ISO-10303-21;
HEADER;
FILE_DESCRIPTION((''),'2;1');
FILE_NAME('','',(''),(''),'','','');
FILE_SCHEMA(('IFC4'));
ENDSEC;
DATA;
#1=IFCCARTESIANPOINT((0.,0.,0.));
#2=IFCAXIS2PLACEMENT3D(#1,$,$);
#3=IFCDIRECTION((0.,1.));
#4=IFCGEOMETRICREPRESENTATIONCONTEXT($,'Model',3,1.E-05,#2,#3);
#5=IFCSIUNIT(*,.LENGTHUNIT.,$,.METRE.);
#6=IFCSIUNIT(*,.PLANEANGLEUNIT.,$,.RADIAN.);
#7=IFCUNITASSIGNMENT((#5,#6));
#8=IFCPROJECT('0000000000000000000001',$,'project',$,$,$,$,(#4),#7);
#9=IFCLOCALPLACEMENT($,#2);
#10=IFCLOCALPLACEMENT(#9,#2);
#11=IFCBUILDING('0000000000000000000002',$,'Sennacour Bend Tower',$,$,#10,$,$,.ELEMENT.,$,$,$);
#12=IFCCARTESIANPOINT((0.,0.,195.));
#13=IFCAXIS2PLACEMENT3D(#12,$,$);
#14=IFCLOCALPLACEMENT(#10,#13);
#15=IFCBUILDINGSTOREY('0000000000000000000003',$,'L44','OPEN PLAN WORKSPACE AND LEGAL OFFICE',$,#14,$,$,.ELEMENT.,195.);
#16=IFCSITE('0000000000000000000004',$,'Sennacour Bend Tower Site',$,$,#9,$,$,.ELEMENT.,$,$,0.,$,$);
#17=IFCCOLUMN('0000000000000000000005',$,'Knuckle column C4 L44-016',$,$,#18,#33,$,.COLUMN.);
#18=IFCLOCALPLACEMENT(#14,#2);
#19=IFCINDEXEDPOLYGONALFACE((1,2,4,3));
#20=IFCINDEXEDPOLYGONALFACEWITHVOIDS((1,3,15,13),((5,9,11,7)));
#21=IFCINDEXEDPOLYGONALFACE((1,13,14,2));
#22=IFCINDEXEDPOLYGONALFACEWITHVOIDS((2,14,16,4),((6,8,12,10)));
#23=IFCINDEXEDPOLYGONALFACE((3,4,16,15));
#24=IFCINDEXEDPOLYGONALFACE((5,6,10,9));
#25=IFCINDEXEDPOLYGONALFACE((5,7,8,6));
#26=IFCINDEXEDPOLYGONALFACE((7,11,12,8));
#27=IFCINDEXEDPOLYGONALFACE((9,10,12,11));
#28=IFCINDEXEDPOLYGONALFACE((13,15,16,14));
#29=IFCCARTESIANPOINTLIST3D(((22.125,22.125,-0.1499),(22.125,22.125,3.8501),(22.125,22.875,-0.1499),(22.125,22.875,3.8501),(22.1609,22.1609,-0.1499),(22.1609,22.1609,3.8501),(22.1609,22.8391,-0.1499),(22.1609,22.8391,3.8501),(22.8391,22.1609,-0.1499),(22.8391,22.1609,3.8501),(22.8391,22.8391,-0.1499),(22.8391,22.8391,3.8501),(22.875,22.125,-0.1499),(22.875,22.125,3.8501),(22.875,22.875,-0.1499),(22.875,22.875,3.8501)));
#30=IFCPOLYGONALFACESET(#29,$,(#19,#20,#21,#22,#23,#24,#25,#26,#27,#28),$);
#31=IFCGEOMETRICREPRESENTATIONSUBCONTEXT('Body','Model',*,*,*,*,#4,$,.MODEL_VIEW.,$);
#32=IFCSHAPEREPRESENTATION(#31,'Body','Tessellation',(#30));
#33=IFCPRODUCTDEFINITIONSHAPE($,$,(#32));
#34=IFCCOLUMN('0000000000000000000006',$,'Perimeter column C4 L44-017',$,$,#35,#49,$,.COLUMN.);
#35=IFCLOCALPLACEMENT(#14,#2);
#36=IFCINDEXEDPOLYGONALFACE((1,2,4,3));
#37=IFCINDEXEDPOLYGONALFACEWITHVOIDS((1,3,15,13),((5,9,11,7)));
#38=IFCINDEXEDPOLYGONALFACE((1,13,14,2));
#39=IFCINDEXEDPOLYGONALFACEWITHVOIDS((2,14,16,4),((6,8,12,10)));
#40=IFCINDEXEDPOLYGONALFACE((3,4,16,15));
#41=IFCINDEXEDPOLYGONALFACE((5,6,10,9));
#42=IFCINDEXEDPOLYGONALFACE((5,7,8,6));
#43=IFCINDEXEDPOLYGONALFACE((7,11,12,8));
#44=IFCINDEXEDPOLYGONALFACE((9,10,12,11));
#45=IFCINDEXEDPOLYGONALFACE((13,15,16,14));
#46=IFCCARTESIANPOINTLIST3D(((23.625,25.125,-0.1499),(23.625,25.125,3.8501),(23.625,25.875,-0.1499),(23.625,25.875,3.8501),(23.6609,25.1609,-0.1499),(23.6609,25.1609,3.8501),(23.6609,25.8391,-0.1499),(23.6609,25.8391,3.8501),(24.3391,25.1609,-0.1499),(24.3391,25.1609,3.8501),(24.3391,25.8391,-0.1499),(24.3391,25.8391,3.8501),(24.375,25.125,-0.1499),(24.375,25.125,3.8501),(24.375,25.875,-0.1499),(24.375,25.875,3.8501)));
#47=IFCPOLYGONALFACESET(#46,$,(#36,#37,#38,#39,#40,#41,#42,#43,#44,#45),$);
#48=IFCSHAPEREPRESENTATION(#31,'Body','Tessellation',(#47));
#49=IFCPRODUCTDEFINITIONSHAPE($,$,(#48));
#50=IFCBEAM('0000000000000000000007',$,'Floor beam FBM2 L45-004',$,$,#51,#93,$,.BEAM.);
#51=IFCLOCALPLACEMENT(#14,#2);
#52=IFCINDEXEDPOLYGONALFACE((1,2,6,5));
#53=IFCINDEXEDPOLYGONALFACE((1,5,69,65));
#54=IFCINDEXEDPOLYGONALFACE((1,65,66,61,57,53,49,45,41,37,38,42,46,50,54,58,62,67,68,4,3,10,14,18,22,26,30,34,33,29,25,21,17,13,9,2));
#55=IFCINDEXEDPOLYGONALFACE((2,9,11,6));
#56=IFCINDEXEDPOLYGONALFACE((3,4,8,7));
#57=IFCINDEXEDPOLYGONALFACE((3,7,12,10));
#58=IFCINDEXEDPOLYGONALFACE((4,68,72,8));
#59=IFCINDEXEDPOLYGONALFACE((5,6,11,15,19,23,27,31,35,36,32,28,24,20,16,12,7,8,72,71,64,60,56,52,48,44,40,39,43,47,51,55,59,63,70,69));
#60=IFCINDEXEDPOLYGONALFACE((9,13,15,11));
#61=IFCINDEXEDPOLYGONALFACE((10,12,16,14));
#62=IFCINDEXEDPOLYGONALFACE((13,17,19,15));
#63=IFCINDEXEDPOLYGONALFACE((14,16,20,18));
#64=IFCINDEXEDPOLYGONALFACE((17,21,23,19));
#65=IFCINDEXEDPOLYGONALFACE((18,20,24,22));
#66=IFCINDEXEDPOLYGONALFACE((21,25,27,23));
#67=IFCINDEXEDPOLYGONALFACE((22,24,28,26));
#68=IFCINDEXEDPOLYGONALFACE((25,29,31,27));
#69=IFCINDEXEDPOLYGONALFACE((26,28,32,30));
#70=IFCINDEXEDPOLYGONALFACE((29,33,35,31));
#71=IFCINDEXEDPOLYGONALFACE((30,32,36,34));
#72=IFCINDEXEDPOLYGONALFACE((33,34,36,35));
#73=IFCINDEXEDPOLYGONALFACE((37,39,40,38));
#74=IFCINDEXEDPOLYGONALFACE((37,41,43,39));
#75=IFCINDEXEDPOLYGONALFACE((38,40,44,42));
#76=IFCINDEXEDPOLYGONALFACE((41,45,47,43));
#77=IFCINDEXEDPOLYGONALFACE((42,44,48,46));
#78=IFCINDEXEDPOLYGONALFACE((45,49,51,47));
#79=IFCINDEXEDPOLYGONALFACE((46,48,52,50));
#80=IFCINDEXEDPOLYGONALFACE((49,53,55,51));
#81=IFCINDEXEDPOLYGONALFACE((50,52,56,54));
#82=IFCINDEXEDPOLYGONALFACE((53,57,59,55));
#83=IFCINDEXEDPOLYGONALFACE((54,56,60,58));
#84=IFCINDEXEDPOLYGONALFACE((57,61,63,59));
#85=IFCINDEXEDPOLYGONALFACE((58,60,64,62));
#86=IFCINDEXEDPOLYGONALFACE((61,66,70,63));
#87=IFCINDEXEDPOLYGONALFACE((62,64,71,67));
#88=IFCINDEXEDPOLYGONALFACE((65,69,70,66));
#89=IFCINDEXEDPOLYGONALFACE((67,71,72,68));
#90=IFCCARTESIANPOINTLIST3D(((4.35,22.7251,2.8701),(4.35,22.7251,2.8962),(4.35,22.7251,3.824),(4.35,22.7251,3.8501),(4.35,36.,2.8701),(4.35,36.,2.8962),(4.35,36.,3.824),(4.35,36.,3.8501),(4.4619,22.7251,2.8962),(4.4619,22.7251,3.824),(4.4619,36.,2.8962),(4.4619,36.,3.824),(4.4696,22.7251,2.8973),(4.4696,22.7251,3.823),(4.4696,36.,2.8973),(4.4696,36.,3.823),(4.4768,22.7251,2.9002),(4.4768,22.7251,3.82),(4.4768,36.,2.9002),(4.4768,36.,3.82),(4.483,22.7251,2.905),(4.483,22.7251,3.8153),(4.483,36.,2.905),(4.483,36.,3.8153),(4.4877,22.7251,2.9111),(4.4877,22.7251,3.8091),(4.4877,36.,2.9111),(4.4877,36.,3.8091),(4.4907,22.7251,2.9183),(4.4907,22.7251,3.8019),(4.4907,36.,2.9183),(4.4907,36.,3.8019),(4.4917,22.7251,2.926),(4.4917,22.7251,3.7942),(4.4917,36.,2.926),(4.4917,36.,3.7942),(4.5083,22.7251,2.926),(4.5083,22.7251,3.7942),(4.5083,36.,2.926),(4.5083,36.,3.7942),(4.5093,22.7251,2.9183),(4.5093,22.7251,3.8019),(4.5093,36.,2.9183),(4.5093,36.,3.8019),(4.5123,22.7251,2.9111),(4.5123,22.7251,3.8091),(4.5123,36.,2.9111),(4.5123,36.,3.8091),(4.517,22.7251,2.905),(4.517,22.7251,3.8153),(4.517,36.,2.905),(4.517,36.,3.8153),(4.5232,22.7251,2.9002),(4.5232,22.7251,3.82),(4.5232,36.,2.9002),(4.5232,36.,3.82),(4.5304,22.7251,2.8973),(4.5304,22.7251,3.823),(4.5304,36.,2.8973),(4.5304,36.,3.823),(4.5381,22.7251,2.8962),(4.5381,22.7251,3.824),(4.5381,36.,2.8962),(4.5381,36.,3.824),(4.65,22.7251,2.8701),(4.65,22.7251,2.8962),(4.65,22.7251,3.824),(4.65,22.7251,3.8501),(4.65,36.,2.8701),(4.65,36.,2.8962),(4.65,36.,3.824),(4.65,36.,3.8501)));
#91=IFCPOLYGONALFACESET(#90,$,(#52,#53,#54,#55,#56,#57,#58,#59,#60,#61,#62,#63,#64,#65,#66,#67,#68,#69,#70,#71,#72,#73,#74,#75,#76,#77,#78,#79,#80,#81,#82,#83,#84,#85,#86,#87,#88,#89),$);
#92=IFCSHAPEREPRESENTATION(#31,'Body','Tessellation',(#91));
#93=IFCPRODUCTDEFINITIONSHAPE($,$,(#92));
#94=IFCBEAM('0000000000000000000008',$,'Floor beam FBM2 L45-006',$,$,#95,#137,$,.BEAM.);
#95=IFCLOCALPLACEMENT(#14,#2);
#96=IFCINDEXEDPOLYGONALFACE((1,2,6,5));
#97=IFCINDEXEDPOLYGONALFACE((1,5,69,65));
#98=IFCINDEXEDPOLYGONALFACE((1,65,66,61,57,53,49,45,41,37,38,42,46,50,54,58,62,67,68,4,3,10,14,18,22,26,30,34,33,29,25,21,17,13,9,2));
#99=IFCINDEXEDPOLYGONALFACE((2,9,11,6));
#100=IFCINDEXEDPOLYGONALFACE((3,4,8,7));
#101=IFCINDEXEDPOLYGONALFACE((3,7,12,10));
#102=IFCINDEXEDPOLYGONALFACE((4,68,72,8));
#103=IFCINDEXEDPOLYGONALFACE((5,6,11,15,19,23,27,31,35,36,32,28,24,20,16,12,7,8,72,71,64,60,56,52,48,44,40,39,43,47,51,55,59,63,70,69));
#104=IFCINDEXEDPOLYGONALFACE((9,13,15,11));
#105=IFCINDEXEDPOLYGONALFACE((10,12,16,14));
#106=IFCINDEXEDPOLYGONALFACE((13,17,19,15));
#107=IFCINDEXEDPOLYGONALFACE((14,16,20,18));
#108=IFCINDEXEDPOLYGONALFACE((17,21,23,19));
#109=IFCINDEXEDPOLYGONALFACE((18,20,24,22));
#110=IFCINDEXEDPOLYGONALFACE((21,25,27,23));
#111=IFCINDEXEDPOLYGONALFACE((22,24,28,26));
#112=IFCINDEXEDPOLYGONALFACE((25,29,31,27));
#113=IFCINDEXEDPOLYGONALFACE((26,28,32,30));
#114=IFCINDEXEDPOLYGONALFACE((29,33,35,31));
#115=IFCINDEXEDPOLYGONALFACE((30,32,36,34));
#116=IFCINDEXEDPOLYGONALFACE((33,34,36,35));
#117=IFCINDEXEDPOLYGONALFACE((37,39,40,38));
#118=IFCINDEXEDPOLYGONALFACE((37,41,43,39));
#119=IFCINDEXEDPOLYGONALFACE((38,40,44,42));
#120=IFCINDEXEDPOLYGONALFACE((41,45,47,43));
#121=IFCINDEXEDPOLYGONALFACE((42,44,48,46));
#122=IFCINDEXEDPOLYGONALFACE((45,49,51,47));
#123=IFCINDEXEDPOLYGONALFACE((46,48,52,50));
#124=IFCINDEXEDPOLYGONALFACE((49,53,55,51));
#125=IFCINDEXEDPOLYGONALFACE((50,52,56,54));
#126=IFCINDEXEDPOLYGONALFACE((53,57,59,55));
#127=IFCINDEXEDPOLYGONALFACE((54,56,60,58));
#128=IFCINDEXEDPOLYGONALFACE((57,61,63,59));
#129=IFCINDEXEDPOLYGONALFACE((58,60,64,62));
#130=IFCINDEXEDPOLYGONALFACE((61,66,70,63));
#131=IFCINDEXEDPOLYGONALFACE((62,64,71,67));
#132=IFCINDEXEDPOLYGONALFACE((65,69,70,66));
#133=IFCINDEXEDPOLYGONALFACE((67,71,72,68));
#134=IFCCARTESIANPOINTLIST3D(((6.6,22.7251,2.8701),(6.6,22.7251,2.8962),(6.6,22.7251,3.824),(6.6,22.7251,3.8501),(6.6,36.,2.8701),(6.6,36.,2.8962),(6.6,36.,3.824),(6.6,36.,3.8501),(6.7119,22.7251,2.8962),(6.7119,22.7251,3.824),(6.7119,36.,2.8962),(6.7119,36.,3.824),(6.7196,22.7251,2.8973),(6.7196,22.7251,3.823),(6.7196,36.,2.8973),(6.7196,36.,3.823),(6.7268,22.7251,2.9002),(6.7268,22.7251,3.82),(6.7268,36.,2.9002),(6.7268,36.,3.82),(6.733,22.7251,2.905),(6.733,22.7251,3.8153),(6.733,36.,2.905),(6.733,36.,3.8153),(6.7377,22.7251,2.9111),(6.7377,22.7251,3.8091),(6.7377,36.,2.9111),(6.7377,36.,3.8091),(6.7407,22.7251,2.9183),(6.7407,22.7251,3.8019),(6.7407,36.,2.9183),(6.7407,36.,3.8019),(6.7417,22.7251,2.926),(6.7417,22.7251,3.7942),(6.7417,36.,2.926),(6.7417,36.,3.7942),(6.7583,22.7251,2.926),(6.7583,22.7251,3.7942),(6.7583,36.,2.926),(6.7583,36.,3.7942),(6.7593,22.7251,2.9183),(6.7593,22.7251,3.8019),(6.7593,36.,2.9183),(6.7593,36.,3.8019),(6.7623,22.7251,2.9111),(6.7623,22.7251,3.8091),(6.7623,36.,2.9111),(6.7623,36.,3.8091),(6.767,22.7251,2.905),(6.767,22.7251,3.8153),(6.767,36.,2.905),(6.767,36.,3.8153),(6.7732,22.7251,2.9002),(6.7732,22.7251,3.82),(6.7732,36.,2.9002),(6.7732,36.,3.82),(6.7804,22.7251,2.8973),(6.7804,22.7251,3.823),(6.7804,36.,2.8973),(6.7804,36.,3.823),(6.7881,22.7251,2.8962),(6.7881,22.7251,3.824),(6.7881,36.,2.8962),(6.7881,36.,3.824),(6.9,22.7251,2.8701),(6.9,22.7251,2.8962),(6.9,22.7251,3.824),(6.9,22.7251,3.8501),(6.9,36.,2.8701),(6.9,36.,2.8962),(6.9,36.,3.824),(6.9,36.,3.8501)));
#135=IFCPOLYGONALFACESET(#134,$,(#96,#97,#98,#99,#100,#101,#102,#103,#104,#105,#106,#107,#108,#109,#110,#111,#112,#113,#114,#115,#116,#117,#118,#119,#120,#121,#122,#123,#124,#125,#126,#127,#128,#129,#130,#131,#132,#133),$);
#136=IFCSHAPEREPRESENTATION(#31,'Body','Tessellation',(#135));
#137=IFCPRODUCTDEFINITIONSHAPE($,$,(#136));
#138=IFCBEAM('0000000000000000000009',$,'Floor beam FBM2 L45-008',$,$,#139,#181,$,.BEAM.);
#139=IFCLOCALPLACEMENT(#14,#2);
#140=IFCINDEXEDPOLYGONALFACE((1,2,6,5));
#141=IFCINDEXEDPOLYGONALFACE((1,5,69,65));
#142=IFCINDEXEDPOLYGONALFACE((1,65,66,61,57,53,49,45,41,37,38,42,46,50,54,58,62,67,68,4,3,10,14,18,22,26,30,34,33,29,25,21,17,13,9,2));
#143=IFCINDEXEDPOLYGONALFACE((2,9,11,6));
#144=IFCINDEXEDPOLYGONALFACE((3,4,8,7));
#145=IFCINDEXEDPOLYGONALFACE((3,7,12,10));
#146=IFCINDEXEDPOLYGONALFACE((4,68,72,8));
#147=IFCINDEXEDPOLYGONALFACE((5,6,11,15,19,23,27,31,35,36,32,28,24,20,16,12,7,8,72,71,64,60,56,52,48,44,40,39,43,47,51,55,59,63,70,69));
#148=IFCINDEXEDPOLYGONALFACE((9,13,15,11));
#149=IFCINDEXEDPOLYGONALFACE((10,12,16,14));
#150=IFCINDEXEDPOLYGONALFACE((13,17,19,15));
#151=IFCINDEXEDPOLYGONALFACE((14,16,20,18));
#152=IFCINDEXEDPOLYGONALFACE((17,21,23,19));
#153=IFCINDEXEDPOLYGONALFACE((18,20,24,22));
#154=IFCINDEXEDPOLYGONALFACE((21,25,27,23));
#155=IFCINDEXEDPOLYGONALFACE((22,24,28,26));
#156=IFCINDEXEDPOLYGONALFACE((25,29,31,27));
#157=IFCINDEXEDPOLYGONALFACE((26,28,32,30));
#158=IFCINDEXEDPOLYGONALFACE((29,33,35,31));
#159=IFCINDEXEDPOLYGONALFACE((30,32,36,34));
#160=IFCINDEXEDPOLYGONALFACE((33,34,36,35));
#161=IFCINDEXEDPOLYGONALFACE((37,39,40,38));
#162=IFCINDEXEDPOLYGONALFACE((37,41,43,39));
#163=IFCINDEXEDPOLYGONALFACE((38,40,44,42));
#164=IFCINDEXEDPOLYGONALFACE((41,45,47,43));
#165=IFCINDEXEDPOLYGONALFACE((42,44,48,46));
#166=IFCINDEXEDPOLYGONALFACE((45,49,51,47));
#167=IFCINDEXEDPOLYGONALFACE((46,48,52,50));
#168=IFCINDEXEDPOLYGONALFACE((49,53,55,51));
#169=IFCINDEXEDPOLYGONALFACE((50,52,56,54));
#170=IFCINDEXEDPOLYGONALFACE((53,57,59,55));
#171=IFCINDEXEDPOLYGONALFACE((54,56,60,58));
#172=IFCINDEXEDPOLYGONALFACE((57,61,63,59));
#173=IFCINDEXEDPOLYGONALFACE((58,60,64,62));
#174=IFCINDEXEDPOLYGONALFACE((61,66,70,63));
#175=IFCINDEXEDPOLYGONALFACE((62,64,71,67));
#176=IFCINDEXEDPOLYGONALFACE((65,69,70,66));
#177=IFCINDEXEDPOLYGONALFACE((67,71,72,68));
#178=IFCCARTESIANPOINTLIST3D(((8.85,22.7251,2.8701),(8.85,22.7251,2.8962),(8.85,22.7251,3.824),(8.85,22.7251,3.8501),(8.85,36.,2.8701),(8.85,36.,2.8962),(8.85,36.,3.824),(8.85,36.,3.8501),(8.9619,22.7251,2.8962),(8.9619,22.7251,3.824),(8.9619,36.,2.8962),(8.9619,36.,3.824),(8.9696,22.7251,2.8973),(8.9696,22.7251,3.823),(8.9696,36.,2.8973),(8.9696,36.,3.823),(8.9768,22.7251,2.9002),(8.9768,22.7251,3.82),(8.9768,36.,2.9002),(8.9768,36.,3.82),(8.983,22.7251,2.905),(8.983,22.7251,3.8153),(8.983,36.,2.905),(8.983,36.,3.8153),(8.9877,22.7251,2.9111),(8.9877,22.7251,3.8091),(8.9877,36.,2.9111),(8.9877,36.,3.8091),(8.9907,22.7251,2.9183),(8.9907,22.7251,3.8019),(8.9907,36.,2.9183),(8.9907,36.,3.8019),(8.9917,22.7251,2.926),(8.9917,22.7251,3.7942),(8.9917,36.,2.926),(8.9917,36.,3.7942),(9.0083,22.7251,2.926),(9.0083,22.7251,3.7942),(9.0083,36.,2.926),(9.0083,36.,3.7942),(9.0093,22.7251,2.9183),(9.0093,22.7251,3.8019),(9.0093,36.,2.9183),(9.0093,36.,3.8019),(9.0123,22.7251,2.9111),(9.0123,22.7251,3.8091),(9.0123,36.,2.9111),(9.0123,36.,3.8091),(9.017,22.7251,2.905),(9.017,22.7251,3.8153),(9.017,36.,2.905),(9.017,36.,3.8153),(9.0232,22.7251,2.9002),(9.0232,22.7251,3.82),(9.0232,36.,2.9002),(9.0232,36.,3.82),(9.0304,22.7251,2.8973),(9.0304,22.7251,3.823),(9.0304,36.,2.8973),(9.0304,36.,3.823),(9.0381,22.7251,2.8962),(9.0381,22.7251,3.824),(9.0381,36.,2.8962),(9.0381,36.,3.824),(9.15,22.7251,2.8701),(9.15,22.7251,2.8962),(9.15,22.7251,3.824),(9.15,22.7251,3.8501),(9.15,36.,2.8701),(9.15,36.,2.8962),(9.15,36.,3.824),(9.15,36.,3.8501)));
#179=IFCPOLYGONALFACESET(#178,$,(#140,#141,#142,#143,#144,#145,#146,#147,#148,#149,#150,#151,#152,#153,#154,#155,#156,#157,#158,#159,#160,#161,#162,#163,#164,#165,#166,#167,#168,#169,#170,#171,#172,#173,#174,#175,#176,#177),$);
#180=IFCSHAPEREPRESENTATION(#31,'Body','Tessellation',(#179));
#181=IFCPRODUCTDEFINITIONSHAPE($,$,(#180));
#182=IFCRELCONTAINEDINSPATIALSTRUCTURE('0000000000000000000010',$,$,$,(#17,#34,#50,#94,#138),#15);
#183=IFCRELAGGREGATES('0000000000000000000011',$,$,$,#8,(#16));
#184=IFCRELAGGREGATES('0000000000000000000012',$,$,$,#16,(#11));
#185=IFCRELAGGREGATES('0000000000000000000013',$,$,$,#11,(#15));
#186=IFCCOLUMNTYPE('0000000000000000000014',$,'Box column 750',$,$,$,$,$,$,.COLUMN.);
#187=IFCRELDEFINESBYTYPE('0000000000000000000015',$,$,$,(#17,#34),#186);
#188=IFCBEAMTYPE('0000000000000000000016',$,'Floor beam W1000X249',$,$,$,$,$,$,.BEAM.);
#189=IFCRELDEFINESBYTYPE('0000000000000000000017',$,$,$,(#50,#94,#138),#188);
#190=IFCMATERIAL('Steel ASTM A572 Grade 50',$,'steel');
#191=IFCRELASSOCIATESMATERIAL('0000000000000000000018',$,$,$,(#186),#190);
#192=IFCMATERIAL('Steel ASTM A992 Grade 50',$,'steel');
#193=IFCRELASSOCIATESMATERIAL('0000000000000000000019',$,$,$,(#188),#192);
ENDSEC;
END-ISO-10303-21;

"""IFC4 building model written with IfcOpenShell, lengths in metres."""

from ifc_helpers import new_model, si_unit, direction, frame, origin, origin_2d, place, context, subcontext, project, spatial, hollow_rectangle, i_section, extrude, material, material_profile, profile_set, type_object, element, save


model = new_model("IFC4")

# Units and contexts
model_context = context("Model", 3, precision=1e-05, world=origin(), true_north=direction((0.0, 1.0)))
body_context = subcontext(model_context, "Body", "Model", "MODEL_VIEW")
ifc_project = project(units=[si_unit("LENGTHUNIT", "METRE"), si_unit("PLANEANGLEUNIT", "RADIAN")], contexts=[model_context])

# Site, building, storey
site_placement = place(None, origin())
site = spatial("IfcSite", under=ifc_project, at=site_placement, Name="Sennacour Bend Tower Site", CompositionType="ELEMENT", RefElevation=0.0)
building_placement = place(site_placement, origin())
building = spatial("IfcBuilding", under=site, at=building_placement, Name="Sennacour Bend Tower", CompositionType="ELEMENT")
storey_placement = place(building_placement, frame((0.0, 0.0, 195.0)))
storey = spatial("IfcBuildingStorey", under=building, at=storey_placement, Name="L44", Description="OPEN PLAN WORKSPACE AND LEGAL OFFICE", CompositionType="ELEMENT", Elevation=195.0)

# Columns
ifc_material_1 = material(Name="Steel ASTM A572 Grade 50", Category="steel")
ifc_material_profile_1 = material_profile(ifc_material_1, hollow_rectangle(XDim=0.75, YDim=0.75, WallThickness=0.0359, at=origin_2d()), Name="Steel ASTM A572 Grade 50", Category="steel")
ifc_profile_set_1 = profile_set([ifc_material_profile_1], Name="Steel ASTM A572 Grade 50")
column_type = type_object("IfcColumnType", Name="Box column 750", PredefinedType="COLUMN", material=ifc_profile_set_1)
for number, where, z_axis, x_axis, name in (
    (1, (22.5, 22.5, -0.1499), (0.0, 0.0, 1.0), (1.0, 0.0, 0.0), "Knuckle column C4 L44-016"),
    (2, (24.0, 25.5, -0.1499), (0.0, 0.0, 1.0), (1.0, 0.0, 0.0), "Perimeter column C4 L44-017"),
):
    element("IfcColumn", number, at=place(storey_placement, frame(where, z_axis=z_axis, x_axis=x_axis)), inside=storey, type_object=column_type, Name=name, PredefinedType="COLUMN", context=body_context, shape_type="SweptSolid", body=[
        extrude(hollow_rectangle(XDim=0.75, YDim=0.75, WallThickness=0.0359, at=origin_2d()), origin(), (0.0, 0.0, 1.0), 4.0),
    ])

# Beams
ifc_material_2 = material(Name="Steel ASTM A992 Grade 50", Category="steel")
ifc_material_profile_2 = material_profile(ifc_material_2, i_section(OverallWidth=0.3, OverallDepth=0.98, WebThickness=0.0166, FlangeThickness=0.0261, FilletRadius=0.0298, at=origin_2d()), Name="Steel ASTM A992 Grade 50", Category="steel")
ifc_profile_set_2 = profile_set([ifc_material_profile_2], Name="Steel ASTM A992 Grade 50")
beam_type_1 = type_object("IfcBeamType", Name="Floor beam W1000X249", PredefinedType="BEAM", material=ifc_profile_set_2)
for number, where, z_axis, x_axis, name in (
    (3, (4.5, 22.7251, 3.3601), (0.0, 1.0, 0.0), (-1.0, 0.0, 0.0), "Floor beam FBM2 L45-004"),
    (4, (6.75, 22.7251, 3.3601), (0.0, 1.0, 0.0), (-1.0, 0.0, 0.0), "Floor beam FBM2 L45-006"),
    (5, (9.0, 22.7251, 3.3601), (0.0, 1.0, 0.0), (-1.0, 0.0, 0.0), "Floor beam FBM2 L45-008"),
):
    element("IfcBeam", number, at=place(storey_placement, frame(where, z_axis=z_axis, x_axis=x_axis)), inside=storey, type_object=beam_type_1, Name=name, PredefinedType="BEAM", context=body_context, shape_type="SweptSolid", body=[
        extrude(i_section(OverallWidth=0.3, OverallDepth=0.98, WebThickness=0.0166, FlangeThickness=0.0261, FilletRadius=0.0298, at=origin_2d()), origin(), (0.0, 0.0, 1.0), 13.2749),
    ])

save(model, "model.ifc")
